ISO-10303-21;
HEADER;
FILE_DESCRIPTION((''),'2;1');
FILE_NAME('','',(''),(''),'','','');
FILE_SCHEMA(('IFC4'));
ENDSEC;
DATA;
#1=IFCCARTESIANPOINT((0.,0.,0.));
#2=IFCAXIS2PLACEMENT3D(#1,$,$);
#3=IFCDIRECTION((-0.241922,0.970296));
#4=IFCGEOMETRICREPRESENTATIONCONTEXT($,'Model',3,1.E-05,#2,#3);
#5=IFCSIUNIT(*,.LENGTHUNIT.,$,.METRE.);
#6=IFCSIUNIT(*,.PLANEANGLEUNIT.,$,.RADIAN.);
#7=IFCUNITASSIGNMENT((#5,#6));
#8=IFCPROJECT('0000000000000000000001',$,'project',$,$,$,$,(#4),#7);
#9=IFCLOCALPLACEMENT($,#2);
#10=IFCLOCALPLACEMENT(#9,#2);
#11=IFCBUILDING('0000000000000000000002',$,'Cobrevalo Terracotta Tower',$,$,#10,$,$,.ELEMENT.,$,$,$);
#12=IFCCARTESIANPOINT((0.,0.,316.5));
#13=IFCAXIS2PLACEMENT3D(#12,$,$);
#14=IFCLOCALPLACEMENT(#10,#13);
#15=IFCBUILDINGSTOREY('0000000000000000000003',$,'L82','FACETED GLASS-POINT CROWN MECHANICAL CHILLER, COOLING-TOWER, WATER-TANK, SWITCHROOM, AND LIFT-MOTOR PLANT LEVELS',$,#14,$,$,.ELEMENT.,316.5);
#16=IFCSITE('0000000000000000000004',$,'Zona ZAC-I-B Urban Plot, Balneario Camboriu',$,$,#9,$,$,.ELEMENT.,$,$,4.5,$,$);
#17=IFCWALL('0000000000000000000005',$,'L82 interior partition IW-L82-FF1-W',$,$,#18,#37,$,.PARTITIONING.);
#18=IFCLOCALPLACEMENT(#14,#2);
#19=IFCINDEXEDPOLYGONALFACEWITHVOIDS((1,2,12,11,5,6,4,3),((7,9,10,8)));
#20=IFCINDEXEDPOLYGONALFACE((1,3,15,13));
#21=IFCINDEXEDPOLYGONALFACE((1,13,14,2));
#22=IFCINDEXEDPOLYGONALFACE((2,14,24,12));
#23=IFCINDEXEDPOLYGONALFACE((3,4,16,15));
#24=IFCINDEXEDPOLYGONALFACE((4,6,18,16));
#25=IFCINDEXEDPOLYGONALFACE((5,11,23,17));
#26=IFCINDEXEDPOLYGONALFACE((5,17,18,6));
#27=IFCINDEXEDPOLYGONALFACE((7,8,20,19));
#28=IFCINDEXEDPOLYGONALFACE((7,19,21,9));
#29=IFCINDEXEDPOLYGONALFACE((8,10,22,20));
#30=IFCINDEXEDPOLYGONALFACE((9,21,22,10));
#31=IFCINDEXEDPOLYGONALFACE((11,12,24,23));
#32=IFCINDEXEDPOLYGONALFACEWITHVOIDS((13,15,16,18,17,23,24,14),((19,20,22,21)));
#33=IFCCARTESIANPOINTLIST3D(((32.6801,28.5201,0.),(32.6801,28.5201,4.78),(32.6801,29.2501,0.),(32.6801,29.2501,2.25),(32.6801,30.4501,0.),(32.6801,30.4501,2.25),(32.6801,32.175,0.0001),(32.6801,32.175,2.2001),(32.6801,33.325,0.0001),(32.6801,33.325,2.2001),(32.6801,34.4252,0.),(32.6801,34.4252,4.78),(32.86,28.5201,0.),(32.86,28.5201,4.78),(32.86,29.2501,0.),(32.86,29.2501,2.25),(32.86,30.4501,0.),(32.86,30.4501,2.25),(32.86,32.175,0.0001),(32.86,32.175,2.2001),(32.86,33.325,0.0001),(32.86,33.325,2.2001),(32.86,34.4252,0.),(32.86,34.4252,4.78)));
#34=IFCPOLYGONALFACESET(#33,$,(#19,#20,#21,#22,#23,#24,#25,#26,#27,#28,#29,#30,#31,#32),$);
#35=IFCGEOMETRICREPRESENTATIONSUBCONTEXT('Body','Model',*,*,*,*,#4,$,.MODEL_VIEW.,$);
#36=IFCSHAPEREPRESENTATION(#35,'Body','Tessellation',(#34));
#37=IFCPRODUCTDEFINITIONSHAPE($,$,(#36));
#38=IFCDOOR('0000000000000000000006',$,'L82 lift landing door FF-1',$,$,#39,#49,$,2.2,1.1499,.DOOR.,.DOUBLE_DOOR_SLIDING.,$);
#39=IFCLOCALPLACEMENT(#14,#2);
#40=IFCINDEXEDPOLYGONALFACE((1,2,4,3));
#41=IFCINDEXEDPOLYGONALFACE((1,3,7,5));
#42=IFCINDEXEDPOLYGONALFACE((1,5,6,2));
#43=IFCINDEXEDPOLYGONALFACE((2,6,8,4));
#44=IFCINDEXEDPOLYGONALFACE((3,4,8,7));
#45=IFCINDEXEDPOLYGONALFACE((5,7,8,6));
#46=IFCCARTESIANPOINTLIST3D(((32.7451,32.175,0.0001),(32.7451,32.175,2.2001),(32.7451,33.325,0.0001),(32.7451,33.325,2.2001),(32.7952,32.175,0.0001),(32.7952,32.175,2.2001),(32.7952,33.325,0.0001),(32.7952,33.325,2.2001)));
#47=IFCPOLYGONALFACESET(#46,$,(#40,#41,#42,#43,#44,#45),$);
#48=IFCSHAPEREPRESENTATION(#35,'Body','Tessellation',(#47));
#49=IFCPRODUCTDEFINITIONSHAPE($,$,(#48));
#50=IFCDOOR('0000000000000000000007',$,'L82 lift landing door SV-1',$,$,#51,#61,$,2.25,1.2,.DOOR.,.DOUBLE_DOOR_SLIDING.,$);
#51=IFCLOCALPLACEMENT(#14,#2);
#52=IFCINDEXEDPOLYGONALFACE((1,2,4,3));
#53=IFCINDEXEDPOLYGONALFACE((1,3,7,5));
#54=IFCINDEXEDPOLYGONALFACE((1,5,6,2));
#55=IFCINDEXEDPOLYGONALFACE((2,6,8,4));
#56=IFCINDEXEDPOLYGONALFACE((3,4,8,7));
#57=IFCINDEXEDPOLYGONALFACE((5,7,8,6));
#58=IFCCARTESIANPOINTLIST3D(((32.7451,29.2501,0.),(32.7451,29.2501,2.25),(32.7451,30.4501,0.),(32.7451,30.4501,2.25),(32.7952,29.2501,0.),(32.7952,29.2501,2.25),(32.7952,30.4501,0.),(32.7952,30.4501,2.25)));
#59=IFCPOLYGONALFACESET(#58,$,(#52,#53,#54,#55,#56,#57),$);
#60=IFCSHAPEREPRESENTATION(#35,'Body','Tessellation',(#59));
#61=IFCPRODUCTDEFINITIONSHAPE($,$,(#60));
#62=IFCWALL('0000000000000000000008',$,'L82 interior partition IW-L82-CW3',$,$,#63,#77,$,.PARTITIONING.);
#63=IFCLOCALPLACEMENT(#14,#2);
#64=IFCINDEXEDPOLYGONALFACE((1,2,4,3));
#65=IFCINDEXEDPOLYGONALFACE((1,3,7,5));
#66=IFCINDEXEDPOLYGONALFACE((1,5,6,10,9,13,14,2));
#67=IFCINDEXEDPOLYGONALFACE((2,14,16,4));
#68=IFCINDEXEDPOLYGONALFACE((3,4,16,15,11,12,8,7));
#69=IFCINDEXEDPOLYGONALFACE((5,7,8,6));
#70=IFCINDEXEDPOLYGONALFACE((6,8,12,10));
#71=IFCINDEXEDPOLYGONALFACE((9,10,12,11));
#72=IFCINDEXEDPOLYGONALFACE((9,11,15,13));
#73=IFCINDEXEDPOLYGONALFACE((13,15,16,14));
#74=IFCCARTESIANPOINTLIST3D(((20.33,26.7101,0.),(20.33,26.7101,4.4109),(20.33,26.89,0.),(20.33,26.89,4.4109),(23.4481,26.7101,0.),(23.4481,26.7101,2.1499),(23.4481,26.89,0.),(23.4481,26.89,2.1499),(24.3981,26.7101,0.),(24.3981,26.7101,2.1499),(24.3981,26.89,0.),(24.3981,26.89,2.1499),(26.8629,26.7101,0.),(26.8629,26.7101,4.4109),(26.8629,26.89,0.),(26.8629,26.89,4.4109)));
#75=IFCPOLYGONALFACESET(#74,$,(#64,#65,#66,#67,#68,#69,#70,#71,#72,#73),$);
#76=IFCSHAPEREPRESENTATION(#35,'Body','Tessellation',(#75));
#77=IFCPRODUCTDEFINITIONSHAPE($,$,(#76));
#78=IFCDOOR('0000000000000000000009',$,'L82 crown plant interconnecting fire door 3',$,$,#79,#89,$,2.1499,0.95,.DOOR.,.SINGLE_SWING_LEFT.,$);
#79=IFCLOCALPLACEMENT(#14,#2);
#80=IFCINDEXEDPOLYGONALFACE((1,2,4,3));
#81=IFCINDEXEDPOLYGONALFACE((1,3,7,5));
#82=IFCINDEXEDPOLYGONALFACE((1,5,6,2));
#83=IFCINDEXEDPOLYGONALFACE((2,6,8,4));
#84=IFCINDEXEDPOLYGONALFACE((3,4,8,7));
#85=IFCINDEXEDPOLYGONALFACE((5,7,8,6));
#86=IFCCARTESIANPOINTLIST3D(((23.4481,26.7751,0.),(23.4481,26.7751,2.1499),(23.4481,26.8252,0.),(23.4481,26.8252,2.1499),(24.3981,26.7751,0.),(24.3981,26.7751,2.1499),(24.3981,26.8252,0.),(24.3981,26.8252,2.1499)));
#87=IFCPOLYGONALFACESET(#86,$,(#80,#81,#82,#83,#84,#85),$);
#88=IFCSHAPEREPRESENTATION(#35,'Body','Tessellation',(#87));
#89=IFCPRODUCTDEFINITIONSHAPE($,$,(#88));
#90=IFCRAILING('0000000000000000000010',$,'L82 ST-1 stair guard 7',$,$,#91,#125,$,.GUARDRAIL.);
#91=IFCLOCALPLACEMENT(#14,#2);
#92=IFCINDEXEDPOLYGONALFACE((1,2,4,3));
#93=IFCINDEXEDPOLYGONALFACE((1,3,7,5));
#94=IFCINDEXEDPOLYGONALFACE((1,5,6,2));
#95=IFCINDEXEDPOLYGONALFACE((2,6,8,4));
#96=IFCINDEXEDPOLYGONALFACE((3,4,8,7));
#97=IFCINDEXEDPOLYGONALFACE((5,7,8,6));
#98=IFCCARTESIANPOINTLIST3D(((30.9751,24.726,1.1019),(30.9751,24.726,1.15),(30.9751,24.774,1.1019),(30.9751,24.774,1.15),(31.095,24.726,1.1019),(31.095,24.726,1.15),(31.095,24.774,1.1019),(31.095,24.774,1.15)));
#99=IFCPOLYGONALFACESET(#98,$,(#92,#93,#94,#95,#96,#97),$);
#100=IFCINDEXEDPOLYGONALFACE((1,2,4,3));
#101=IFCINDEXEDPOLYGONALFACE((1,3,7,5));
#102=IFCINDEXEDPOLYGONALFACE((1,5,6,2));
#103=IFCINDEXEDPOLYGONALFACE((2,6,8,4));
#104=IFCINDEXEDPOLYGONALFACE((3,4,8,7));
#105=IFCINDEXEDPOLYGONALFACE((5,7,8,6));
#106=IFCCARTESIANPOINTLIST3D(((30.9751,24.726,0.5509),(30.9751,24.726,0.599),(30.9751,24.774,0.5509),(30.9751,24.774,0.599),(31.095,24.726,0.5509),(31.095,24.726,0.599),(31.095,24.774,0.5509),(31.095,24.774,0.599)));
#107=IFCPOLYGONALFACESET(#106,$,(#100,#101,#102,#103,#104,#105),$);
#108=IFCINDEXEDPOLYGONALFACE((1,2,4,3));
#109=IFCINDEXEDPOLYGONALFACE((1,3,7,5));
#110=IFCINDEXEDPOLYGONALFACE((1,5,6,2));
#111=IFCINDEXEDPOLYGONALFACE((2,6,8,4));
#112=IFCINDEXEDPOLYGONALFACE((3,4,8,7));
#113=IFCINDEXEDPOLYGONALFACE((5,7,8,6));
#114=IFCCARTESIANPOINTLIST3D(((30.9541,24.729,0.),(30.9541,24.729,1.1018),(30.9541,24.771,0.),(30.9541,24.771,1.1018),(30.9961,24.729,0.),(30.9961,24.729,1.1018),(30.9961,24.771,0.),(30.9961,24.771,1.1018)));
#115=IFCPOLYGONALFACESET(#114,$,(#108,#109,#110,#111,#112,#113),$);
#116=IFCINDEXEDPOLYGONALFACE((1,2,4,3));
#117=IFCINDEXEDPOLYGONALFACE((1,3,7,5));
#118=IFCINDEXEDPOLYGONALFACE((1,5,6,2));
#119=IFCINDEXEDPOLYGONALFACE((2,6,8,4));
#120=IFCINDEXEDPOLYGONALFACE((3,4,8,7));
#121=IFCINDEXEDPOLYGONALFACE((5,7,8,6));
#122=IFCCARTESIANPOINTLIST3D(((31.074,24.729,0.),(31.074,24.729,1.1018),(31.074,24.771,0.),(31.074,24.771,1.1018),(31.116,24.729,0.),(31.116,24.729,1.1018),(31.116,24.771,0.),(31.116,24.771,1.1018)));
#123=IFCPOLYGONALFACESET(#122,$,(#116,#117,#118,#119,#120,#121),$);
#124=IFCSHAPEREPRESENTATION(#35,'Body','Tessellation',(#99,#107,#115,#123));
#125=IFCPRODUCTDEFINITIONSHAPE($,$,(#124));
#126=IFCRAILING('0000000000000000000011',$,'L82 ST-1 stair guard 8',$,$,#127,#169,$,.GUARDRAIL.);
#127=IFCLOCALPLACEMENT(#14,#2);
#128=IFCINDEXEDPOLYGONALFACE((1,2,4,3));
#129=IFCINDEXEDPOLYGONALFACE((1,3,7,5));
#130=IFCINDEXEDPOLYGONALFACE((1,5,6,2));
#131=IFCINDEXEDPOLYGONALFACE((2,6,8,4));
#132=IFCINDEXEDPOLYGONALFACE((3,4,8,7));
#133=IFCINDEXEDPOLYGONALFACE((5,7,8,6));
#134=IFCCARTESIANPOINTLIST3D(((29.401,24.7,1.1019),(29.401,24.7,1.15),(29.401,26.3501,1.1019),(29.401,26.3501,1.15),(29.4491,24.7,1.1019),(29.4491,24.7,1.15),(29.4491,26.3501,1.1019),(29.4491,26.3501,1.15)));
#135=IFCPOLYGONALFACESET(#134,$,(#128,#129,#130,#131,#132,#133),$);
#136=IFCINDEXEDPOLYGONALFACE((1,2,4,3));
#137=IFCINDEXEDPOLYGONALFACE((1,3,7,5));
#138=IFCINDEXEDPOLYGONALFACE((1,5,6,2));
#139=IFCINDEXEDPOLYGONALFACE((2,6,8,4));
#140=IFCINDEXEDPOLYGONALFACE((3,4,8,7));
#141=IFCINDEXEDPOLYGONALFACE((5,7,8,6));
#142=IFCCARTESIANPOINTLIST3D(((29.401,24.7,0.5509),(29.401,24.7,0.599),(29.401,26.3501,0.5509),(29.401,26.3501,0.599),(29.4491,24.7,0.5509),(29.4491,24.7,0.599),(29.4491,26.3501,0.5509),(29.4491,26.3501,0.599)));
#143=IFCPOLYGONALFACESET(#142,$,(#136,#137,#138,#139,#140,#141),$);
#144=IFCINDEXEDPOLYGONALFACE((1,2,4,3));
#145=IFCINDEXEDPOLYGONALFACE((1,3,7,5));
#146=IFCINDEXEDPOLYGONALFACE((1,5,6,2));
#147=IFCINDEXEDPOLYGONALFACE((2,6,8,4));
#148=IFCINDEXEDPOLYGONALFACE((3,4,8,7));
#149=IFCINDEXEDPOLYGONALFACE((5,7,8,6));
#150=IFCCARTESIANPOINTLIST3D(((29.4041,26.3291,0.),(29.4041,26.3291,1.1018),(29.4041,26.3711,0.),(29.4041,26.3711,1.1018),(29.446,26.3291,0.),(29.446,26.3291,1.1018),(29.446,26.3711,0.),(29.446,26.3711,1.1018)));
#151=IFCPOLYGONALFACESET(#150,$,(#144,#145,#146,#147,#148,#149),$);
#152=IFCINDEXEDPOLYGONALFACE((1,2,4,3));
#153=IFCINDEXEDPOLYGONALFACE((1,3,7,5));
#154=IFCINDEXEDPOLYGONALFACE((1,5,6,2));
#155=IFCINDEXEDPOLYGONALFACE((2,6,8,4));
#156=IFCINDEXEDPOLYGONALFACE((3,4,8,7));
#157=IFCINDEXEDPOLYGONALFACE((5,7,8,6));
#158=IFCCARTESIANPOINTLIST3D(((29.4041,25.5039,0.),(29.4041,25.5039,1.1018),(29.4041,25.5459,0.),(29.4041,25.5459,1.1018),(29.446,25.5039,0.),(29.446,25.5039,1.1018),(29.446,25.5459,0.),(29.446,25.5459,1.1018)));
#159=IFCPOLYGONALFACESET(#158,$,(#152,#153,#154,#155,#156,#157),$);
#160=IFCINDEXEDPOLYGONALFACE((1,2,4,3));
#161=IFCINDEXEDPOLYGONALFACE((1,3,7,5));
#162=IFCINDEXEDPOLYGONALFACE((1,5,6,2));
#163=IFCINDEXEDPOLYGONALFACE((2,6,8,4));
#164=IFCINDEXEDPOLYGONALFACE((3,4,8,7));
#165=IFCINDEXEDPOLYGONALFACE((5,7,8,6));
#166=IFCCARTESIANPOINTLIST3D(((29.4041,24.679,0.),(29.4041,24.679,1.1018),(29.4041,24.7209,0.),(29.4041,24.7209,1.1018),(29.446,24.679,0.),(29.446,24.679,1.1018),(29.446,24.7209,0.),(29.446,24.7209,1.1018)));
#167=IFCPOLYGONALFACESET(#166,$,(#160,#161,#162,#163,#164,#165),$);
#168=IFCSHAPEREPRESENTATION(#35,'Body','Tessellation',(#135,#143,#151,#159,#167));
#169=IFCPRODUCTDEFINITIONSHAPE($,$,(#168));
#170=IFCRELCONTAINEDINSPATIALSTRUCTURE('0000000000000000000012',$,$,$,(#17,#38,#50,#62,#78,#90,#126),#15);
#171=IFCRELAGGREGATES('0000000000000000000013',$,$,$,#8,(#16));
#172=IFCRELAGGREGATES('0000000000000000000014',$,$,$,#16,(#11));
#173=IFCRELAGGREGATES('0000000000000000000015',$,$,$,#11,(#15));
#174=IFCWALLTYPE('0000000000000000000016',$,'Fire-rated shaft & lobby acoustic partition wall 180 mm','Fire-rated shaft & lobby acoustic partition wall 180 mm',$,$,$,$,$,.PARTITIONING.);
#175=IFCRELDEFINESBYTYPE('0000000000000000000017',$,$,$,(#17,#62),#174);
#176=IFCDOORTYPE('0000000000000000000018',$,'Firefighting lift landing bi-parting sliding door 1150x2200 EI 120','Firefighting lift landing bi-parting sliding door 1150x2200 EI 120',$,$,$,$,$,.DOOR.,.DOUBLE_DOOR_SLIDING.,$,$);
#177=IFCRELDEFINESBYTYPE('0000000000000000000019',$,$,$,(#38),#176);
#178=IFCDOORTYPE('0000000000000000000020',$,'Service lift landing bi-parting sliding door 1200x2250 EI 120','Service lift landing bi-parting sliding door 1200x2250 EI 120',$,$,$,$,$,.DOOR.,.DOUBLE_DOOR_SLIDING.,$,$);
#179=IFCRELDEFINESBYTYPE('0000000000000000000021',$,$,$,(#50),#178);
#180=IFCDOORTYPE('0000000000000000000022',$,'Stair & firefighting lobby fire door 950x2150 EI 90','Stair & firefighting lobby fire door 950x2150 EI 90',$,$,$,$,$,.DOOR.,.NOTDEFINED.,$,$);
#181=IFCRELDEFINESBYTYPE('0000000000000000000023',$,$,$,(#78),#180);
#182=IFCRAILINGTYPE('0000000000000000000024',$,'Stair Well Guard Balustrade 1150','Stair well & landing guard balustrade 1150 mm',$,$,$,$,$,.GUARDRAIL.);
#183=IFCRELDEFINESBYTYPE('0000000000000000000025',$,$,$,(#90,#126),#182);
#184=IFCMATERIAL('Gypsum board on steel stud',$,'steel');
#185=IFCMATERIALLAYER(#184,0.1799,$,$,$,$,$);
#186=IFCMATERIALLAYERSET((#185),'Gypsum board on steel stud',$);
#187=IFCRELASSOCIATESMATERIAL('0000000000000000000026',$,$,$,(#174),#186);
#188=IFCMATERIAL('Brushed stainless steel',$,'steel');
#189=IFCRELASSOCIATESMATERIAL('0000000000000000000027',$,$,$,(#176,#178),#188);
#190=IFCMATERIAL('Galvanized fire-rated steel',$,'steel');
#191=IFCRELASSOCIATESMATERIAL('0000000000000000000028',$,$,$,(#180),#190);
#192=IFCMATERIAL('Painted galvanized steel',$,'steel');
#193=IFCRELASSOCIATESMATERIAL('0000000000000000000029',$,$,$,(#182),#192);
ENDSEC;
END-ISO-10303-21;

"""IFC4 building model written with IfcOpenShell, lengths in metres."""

from ifc_helpers import new_model, si_unit, direction, frame, frame_2d, origin, origin_2d, place, context, subcontext, project, spatial, rectangle, extrude, source, transform, mapped, material, layer, layer_set, type_object, element, fill, save


model = new_model("IFC4")

# Units and contexts
model_context = context("Model", 3, precision=1e-05, world=origin(), true_north=direction((-0.241922, 0.970296)))
body_context = subcontext(model_context, "Body", "Model", "MODEL_VIEW")
ifc_project = project(units=[si_unit("LENGTHUNIT", "METRE"), si_unit("PLANEANGLEUNIT", "RADIAN")], contexts=[model_context])

# Site, building, storey
site_placement = place(None, origin())
site = spatial("IfcSite", under=ifc_project, at=site_placement, Name="Zona ZAC-I-B Urban Plot, Balneario Camboriu", CompositionType="ELEMENT", RefElevation=4.5)
building_placement = place(site_placement, origin())
building = spatial("IfcBuilding", under=site, at=building_placement, Name="Cobrevalo Terracotta Tower", CompositionType="ELEMENT")
storey_placement = place(building_placement, frame((0.0, 0.0, 316.5)))
storey = spatial("IfcBuildingStorey", under=building, at=storey_placement, Name="L82", Description="FACETED GLASS-POINT CROWN MECHANICAL CHILLER, COOLING-TOWER, WATER-TANK, SWITCHROOM, AND LIFT-MOTOR PLANT LEVELS", CompositionType="ELEMENT", Elevation=316.5)

# Shared definitions
ifc_material_1 = material(Name="Gypsum board on steel stud", Category="steel")

# Shared definitions
ifc_layer_1 = layer(ifc_material_1, 0.1799)
ifc_layer_set_1 = layer_set([ifc_layer_1], Name="Gypsum board on steel stud")
wall_type_1 = type_object("IfcWallType", Name="Fire-rated shaft & lobby acoustic partition wall 180 mm", Description="Fire-rated shaft & lobby acoustic partition wall 180 mm", PredefinedType="PARTITIONING", material=ifc_layer_set_1)

# Wall, openings, doors
wall_1_placement = place(storey_placement, frame((32.77, 28.52, 0.0), z_axis=(0.0, 0.0, 1.0), x_axis=(0.0, 1.0, 0.0)))
wall_1 = element("IfcWall", 1, at=wall_1_placement, inside=storey, type_object=wall_type_1, Name="L82 interior partition IW-L82-FF1-W", PredefinedType="PARTITIONING", context=body_context, shape_type="SweptSolid", body=[
    extrude(rectangle(XDim=5.905, YDim=0.1799, at=frame_2d((2.9526, 0.0))), origin(), (0.0, 0.0, 1.0), 4.78),
])
opening_1_placement = place(wall_1_placement, frame((3.655, 0.0, 0.0)))
opening_1 = element("IfcOpeningElement", 2, at=opening_1_placement, cuts=wall_1, PredefinedType="OPENING", context=body_context, shape_type="SweptSolid", body=[
    extrude(rectangle(XDim=1.1499, YDim=2.2, at=frame_2d((0.575, 1.1001))), frame((0.0, 0.1001, 0.0), z_axis=(0.0, -1.0, 0.0), x_axis=(1.0, 0.0, 0.0)), (0.0, 0.0, 1.0), 0.2),
])
opening_2_placement = place(wall_1_placement, frame((0.73, 0.0, 0.0)))
opening_2 = element("IfcOpeningElement", 3, at=opening_2_placement, cuts=wall_1, PredefinedType="OPENING", context=body_context, shape_type="SweptSolid", body=[
    extrude(rectangle(XDim=1.2, YDim=2.25, at=frame_2d((0.6001, 1.125))), frame((0.0, 0.1001, 0.0), z_axis=(0.0, -1.0, 0.0), x_axis=(1.0, 0.0, 0.0)), (0.0, 0.0, 1.0), 0.2),
])
ifc_material_2 = material(Name="Brushed stainless steel", Category="steel")
door_type_1 = type_object("IfcDoorType", Name="Firefighting lift landing bi-parting sliding door 1150x2200 EI 120", Description="Firefighting lift landing bi-parting sliding door 1150x2200 EI 120", OperationType="DOUBLE_DOOR_SLIDING", PredefinedType="DOOR", material=ifc_material_2)
shared_shape_1 = source(origin(), body_context, "Body", "SweptSolid", [
    extrude(rectangle(XDim=1.1499, YDim=2.2, at=frame_2d((0.575, 1.1001))), frame((0.0, 0.0249, 0.0), z_axis=(0.0, -1.0, 0.0), x_axis=(1.0, 0.0, 0.0)), (0.0, 0.0, 1.0), 0.05),
])
door_1_placement = place(opening_1_placement, origin())
door_1 = element("IfcDoor", 4, at=door_1_placement, inside=storey, type_object=door_type_1, Name="L82 lift landing door FF-1", OperationType="DOUBLE_DOOR_SLIDING", OverallHeight=2.2, OverallWidth=1.1499, PredefinedType="DOOR", context=body_context, shape_type="MappedRepresentation", body=[
    mapped(shared_shape_1, transform((0.0, 0.0, 0.0), scale=1.0)),
])
fill(opening_1, door_1)
door_type_2 = type_object("IfcDoorType", Name="Service lift landing bi-parting sliding door 1200x2250 EI 120", Description="Service lift landing bi-parting sliding door 1200x2250 EI 120", OperationType="DOUBLE_DOOR_SLIDING", PredefinedType="DOOR", material=ifc_material_2)
shared_shape_2 = source(origin(), body_context, "Body", "SweptSolid", [
    extrude(rectangle(XDim=1.2, YDim=2.25, at=frame_2d((0.6001, 1.125))), frame((0.0, 0.0249, 0.0), z_axis=(0.0, -1.0, 0.0), x_axis=(1.0, 0.0, 0.0)), (0.0, 0.0, 1.0), 0.05),
])
door_2_placement = place(opening_2_placement, origin())
door_2 = element("IfcDoor", 5, at=door_2_placement, inside=storey, type_object=door_type_2, Name="L82 lift landing door SV-1", OperationType="DOUBLE_DOOR_SLIDING", OverallHeight=2.25, OverallWidth=1.2, PredefinedType="DOOR", context=body_context, shape_type="MappedRepresentation", body=[
    mapped(shared_shape_2, transform((0.0, 0.0, 0.0), scale=1.0)),
])
fill(opening_2, door_2)

# Wall, opening, door
wall_2_placement = place(storey_placement, frame((26.863, 26.8, 0.0), z_axis=(0.0, 0.0, 1.0), x_axis=(-1.0, 0.0, 0.0)))
wall_2 = element("IfcWall", 6, at=wall_2_placement, inside=storey, type_object=wall_type_1, Name="L82 interior partition IW-L82-CW3", PredefinedType="PARTITIONING", context=body_context, shape_type="SweptSolid", body=[
    extrude(rectangle(XDim=6.533, YDim=0.1799, at=frame_2d((3.2666, 0.0))), origin(), (0.0, 0.0, 1.0), 4.4109),
])
opening_3_placement = place(wall_2_placement, frame((2.4648, 0.0, 0.0)))
opening_3 = element("IfcOpeningElement", 7, at=opening_3_placement, cuts=wall_2, PredefinedType="OPENING", context=body_context, shape_type="SweptSolid", body=[
    extrude(rectangle(XDim=0.95, YDim=2.1499, at=frame_2d((0.4751, 1.075))), frame((0.0, 0.1001, 0.0), z_axis=(0.0, -1.0, 0.0), x_axis=(1.0, 0.0, 0.0)), (0.0, 0.0, 1.0), 0.2),
])
ifc_material_3 = material(Name="Galvanized fire-rated steel", Category="steel")
door_type_3 = type_object("IfcDoorType", Name="Stair & firefighting lobby fire door 950x2150 EI 90", Description="Stair & firefighting lobby fire door 950x2150 EI 90", OperationType="NOTDEFINED", PredefinedType="DOOR", material=ifc_material_3)
shared_shape_3 = source(origin(), body_context, "Body", "SweptSolid", [
    extrude(rectangle(XDim=0.95, YDim=2.1499, at=frame_2d((0.4751, 1.075))), frame((0.0, 0.0249, 0.0), z_axis=(0.0, -1.0, 0.0), x_axis=(1.0, 0.0, 0.0)), (0.0, 0.0, 1.0), 0.05),
])
door_3_placement = place(opening_3_placement, origin())
door_3 = element("IfcDoor", 8, at=door_3_placement, inside=storey, type_object=door_type_3, Name="L82 crown plant interconnecting fire door 3", OperationType="SINGLE_SWING_LEFT", OverallHeight=2.1499, OverallWidth=0.95, PredefinedType="DOOR", context=body_context, shape_type="MappedRepresentation", body=[
    mapped(shared_shape_3, transform((0.0, 0.0, 0.0), scale=1.0)),
])
fill(opening_3, door_3)

# Railings
ifc_material_4 = material(Name="Painted galvanized steel", Category="steel")
railing_type = type_object("IfcRailingType", Name="Stair Well Guard Balustrade 1150", Description="Stair well & landing guard balustrade 1150 mm", PredefinedType="GUARDRAIL", material=ifc_material_4)
railing_placement = place(storey_placement, frame((30.9751, 24.75, 0.0)))
element("IfcRailing", 9, at=railing_placement, inside=storey, type_object=railing_type, Name="L82 ST-1 stair guard 7", PredefinedType="GUARDRAIL", context=body_context, shape_type="SweptSolid", body=[
    extrude(rectangle(XDim=0.0481, YDim=0.0481, at=origin_2d()), frame((0.0, 0.0, 1.126), z_axis=(1.0, 0.0, 0.0), x_axis=(0.0, 1.0, 0.0)), (0.0, 0.0, 1.0), 0.1199),
    extrude(rectangle(XDim=0.0481, YDim=0.0481, at=origin_2d()), frame((0.0, 0.0, 0.575), z_axis=(1.0, 0.0, 0.0), x_axis=(0.0, 1.0, 0.0)), (0.0, 0.0, 1.0), 0.1199),
    extrude(rectangle(XDim=0.042, YDim=0.042, at=origin_2d()), origin(), (0.0, 0.0, 1.0), 1.1018),
    extrude(rectangle(XDim=0.042, YDim=0.042, at=origin_2d()), frame((0.1199, 0.0, 0.0)), (0.0, 0.0, 1.0), 1.1018),
])
for number, where, name in (
    (10, (29.425, 26.3501, 0.0), "L82 ST-1 stair guard 8"),
):
    element("IfcRailing", number, at=place(storey_placement, frame(where)), inside=storey, type_object=railing_type, Name=name, PredefinedType="GUARDRAIL", context=body_context, shape_type="SweptSolid", body=[
        extrude(rectangle(XDim=0.0481, YDim=0.0481, at=origin_2d()), frame((0.0, 0.0, 1.126), z_axis=(0.0, -1.0, 0.0), x_axis=(1.0, 0.0, 0.0)), (0.0, 0.0, 1.0), 1.6501),
        extrude(rectangle(XDim=0.0481, YDim=0.0481, at=origin_2d()), frame((0.0, 0.0, 0.575), z_axis=(0.0, -1.0, 0.0), x_axis=(1.0, 0.0, 0.0)), (0.0, 0.0, 1.0), 1.6501),
        extrude(rectangle(XDim=0.042, YDim=0.042, at=origin_2d()), origin(), (0.0, 0.0, 1.0), 1.1018),
        extrude(rectangle(XDim=0.042, YDim=0.042, at=origin_2d()), frame((0.0, -0.8252, 0.0)), (0.0, 0.0, 1.0), 1.1018),
        extrude(rectangle(XDim=0.042, YDim=0.042, at=origin_2d()), frame((0.0, -1.6501, 0.0)), (0.0, 0.0, 1.0), 1.1018),
    ])

save(model, "model.ifc")
